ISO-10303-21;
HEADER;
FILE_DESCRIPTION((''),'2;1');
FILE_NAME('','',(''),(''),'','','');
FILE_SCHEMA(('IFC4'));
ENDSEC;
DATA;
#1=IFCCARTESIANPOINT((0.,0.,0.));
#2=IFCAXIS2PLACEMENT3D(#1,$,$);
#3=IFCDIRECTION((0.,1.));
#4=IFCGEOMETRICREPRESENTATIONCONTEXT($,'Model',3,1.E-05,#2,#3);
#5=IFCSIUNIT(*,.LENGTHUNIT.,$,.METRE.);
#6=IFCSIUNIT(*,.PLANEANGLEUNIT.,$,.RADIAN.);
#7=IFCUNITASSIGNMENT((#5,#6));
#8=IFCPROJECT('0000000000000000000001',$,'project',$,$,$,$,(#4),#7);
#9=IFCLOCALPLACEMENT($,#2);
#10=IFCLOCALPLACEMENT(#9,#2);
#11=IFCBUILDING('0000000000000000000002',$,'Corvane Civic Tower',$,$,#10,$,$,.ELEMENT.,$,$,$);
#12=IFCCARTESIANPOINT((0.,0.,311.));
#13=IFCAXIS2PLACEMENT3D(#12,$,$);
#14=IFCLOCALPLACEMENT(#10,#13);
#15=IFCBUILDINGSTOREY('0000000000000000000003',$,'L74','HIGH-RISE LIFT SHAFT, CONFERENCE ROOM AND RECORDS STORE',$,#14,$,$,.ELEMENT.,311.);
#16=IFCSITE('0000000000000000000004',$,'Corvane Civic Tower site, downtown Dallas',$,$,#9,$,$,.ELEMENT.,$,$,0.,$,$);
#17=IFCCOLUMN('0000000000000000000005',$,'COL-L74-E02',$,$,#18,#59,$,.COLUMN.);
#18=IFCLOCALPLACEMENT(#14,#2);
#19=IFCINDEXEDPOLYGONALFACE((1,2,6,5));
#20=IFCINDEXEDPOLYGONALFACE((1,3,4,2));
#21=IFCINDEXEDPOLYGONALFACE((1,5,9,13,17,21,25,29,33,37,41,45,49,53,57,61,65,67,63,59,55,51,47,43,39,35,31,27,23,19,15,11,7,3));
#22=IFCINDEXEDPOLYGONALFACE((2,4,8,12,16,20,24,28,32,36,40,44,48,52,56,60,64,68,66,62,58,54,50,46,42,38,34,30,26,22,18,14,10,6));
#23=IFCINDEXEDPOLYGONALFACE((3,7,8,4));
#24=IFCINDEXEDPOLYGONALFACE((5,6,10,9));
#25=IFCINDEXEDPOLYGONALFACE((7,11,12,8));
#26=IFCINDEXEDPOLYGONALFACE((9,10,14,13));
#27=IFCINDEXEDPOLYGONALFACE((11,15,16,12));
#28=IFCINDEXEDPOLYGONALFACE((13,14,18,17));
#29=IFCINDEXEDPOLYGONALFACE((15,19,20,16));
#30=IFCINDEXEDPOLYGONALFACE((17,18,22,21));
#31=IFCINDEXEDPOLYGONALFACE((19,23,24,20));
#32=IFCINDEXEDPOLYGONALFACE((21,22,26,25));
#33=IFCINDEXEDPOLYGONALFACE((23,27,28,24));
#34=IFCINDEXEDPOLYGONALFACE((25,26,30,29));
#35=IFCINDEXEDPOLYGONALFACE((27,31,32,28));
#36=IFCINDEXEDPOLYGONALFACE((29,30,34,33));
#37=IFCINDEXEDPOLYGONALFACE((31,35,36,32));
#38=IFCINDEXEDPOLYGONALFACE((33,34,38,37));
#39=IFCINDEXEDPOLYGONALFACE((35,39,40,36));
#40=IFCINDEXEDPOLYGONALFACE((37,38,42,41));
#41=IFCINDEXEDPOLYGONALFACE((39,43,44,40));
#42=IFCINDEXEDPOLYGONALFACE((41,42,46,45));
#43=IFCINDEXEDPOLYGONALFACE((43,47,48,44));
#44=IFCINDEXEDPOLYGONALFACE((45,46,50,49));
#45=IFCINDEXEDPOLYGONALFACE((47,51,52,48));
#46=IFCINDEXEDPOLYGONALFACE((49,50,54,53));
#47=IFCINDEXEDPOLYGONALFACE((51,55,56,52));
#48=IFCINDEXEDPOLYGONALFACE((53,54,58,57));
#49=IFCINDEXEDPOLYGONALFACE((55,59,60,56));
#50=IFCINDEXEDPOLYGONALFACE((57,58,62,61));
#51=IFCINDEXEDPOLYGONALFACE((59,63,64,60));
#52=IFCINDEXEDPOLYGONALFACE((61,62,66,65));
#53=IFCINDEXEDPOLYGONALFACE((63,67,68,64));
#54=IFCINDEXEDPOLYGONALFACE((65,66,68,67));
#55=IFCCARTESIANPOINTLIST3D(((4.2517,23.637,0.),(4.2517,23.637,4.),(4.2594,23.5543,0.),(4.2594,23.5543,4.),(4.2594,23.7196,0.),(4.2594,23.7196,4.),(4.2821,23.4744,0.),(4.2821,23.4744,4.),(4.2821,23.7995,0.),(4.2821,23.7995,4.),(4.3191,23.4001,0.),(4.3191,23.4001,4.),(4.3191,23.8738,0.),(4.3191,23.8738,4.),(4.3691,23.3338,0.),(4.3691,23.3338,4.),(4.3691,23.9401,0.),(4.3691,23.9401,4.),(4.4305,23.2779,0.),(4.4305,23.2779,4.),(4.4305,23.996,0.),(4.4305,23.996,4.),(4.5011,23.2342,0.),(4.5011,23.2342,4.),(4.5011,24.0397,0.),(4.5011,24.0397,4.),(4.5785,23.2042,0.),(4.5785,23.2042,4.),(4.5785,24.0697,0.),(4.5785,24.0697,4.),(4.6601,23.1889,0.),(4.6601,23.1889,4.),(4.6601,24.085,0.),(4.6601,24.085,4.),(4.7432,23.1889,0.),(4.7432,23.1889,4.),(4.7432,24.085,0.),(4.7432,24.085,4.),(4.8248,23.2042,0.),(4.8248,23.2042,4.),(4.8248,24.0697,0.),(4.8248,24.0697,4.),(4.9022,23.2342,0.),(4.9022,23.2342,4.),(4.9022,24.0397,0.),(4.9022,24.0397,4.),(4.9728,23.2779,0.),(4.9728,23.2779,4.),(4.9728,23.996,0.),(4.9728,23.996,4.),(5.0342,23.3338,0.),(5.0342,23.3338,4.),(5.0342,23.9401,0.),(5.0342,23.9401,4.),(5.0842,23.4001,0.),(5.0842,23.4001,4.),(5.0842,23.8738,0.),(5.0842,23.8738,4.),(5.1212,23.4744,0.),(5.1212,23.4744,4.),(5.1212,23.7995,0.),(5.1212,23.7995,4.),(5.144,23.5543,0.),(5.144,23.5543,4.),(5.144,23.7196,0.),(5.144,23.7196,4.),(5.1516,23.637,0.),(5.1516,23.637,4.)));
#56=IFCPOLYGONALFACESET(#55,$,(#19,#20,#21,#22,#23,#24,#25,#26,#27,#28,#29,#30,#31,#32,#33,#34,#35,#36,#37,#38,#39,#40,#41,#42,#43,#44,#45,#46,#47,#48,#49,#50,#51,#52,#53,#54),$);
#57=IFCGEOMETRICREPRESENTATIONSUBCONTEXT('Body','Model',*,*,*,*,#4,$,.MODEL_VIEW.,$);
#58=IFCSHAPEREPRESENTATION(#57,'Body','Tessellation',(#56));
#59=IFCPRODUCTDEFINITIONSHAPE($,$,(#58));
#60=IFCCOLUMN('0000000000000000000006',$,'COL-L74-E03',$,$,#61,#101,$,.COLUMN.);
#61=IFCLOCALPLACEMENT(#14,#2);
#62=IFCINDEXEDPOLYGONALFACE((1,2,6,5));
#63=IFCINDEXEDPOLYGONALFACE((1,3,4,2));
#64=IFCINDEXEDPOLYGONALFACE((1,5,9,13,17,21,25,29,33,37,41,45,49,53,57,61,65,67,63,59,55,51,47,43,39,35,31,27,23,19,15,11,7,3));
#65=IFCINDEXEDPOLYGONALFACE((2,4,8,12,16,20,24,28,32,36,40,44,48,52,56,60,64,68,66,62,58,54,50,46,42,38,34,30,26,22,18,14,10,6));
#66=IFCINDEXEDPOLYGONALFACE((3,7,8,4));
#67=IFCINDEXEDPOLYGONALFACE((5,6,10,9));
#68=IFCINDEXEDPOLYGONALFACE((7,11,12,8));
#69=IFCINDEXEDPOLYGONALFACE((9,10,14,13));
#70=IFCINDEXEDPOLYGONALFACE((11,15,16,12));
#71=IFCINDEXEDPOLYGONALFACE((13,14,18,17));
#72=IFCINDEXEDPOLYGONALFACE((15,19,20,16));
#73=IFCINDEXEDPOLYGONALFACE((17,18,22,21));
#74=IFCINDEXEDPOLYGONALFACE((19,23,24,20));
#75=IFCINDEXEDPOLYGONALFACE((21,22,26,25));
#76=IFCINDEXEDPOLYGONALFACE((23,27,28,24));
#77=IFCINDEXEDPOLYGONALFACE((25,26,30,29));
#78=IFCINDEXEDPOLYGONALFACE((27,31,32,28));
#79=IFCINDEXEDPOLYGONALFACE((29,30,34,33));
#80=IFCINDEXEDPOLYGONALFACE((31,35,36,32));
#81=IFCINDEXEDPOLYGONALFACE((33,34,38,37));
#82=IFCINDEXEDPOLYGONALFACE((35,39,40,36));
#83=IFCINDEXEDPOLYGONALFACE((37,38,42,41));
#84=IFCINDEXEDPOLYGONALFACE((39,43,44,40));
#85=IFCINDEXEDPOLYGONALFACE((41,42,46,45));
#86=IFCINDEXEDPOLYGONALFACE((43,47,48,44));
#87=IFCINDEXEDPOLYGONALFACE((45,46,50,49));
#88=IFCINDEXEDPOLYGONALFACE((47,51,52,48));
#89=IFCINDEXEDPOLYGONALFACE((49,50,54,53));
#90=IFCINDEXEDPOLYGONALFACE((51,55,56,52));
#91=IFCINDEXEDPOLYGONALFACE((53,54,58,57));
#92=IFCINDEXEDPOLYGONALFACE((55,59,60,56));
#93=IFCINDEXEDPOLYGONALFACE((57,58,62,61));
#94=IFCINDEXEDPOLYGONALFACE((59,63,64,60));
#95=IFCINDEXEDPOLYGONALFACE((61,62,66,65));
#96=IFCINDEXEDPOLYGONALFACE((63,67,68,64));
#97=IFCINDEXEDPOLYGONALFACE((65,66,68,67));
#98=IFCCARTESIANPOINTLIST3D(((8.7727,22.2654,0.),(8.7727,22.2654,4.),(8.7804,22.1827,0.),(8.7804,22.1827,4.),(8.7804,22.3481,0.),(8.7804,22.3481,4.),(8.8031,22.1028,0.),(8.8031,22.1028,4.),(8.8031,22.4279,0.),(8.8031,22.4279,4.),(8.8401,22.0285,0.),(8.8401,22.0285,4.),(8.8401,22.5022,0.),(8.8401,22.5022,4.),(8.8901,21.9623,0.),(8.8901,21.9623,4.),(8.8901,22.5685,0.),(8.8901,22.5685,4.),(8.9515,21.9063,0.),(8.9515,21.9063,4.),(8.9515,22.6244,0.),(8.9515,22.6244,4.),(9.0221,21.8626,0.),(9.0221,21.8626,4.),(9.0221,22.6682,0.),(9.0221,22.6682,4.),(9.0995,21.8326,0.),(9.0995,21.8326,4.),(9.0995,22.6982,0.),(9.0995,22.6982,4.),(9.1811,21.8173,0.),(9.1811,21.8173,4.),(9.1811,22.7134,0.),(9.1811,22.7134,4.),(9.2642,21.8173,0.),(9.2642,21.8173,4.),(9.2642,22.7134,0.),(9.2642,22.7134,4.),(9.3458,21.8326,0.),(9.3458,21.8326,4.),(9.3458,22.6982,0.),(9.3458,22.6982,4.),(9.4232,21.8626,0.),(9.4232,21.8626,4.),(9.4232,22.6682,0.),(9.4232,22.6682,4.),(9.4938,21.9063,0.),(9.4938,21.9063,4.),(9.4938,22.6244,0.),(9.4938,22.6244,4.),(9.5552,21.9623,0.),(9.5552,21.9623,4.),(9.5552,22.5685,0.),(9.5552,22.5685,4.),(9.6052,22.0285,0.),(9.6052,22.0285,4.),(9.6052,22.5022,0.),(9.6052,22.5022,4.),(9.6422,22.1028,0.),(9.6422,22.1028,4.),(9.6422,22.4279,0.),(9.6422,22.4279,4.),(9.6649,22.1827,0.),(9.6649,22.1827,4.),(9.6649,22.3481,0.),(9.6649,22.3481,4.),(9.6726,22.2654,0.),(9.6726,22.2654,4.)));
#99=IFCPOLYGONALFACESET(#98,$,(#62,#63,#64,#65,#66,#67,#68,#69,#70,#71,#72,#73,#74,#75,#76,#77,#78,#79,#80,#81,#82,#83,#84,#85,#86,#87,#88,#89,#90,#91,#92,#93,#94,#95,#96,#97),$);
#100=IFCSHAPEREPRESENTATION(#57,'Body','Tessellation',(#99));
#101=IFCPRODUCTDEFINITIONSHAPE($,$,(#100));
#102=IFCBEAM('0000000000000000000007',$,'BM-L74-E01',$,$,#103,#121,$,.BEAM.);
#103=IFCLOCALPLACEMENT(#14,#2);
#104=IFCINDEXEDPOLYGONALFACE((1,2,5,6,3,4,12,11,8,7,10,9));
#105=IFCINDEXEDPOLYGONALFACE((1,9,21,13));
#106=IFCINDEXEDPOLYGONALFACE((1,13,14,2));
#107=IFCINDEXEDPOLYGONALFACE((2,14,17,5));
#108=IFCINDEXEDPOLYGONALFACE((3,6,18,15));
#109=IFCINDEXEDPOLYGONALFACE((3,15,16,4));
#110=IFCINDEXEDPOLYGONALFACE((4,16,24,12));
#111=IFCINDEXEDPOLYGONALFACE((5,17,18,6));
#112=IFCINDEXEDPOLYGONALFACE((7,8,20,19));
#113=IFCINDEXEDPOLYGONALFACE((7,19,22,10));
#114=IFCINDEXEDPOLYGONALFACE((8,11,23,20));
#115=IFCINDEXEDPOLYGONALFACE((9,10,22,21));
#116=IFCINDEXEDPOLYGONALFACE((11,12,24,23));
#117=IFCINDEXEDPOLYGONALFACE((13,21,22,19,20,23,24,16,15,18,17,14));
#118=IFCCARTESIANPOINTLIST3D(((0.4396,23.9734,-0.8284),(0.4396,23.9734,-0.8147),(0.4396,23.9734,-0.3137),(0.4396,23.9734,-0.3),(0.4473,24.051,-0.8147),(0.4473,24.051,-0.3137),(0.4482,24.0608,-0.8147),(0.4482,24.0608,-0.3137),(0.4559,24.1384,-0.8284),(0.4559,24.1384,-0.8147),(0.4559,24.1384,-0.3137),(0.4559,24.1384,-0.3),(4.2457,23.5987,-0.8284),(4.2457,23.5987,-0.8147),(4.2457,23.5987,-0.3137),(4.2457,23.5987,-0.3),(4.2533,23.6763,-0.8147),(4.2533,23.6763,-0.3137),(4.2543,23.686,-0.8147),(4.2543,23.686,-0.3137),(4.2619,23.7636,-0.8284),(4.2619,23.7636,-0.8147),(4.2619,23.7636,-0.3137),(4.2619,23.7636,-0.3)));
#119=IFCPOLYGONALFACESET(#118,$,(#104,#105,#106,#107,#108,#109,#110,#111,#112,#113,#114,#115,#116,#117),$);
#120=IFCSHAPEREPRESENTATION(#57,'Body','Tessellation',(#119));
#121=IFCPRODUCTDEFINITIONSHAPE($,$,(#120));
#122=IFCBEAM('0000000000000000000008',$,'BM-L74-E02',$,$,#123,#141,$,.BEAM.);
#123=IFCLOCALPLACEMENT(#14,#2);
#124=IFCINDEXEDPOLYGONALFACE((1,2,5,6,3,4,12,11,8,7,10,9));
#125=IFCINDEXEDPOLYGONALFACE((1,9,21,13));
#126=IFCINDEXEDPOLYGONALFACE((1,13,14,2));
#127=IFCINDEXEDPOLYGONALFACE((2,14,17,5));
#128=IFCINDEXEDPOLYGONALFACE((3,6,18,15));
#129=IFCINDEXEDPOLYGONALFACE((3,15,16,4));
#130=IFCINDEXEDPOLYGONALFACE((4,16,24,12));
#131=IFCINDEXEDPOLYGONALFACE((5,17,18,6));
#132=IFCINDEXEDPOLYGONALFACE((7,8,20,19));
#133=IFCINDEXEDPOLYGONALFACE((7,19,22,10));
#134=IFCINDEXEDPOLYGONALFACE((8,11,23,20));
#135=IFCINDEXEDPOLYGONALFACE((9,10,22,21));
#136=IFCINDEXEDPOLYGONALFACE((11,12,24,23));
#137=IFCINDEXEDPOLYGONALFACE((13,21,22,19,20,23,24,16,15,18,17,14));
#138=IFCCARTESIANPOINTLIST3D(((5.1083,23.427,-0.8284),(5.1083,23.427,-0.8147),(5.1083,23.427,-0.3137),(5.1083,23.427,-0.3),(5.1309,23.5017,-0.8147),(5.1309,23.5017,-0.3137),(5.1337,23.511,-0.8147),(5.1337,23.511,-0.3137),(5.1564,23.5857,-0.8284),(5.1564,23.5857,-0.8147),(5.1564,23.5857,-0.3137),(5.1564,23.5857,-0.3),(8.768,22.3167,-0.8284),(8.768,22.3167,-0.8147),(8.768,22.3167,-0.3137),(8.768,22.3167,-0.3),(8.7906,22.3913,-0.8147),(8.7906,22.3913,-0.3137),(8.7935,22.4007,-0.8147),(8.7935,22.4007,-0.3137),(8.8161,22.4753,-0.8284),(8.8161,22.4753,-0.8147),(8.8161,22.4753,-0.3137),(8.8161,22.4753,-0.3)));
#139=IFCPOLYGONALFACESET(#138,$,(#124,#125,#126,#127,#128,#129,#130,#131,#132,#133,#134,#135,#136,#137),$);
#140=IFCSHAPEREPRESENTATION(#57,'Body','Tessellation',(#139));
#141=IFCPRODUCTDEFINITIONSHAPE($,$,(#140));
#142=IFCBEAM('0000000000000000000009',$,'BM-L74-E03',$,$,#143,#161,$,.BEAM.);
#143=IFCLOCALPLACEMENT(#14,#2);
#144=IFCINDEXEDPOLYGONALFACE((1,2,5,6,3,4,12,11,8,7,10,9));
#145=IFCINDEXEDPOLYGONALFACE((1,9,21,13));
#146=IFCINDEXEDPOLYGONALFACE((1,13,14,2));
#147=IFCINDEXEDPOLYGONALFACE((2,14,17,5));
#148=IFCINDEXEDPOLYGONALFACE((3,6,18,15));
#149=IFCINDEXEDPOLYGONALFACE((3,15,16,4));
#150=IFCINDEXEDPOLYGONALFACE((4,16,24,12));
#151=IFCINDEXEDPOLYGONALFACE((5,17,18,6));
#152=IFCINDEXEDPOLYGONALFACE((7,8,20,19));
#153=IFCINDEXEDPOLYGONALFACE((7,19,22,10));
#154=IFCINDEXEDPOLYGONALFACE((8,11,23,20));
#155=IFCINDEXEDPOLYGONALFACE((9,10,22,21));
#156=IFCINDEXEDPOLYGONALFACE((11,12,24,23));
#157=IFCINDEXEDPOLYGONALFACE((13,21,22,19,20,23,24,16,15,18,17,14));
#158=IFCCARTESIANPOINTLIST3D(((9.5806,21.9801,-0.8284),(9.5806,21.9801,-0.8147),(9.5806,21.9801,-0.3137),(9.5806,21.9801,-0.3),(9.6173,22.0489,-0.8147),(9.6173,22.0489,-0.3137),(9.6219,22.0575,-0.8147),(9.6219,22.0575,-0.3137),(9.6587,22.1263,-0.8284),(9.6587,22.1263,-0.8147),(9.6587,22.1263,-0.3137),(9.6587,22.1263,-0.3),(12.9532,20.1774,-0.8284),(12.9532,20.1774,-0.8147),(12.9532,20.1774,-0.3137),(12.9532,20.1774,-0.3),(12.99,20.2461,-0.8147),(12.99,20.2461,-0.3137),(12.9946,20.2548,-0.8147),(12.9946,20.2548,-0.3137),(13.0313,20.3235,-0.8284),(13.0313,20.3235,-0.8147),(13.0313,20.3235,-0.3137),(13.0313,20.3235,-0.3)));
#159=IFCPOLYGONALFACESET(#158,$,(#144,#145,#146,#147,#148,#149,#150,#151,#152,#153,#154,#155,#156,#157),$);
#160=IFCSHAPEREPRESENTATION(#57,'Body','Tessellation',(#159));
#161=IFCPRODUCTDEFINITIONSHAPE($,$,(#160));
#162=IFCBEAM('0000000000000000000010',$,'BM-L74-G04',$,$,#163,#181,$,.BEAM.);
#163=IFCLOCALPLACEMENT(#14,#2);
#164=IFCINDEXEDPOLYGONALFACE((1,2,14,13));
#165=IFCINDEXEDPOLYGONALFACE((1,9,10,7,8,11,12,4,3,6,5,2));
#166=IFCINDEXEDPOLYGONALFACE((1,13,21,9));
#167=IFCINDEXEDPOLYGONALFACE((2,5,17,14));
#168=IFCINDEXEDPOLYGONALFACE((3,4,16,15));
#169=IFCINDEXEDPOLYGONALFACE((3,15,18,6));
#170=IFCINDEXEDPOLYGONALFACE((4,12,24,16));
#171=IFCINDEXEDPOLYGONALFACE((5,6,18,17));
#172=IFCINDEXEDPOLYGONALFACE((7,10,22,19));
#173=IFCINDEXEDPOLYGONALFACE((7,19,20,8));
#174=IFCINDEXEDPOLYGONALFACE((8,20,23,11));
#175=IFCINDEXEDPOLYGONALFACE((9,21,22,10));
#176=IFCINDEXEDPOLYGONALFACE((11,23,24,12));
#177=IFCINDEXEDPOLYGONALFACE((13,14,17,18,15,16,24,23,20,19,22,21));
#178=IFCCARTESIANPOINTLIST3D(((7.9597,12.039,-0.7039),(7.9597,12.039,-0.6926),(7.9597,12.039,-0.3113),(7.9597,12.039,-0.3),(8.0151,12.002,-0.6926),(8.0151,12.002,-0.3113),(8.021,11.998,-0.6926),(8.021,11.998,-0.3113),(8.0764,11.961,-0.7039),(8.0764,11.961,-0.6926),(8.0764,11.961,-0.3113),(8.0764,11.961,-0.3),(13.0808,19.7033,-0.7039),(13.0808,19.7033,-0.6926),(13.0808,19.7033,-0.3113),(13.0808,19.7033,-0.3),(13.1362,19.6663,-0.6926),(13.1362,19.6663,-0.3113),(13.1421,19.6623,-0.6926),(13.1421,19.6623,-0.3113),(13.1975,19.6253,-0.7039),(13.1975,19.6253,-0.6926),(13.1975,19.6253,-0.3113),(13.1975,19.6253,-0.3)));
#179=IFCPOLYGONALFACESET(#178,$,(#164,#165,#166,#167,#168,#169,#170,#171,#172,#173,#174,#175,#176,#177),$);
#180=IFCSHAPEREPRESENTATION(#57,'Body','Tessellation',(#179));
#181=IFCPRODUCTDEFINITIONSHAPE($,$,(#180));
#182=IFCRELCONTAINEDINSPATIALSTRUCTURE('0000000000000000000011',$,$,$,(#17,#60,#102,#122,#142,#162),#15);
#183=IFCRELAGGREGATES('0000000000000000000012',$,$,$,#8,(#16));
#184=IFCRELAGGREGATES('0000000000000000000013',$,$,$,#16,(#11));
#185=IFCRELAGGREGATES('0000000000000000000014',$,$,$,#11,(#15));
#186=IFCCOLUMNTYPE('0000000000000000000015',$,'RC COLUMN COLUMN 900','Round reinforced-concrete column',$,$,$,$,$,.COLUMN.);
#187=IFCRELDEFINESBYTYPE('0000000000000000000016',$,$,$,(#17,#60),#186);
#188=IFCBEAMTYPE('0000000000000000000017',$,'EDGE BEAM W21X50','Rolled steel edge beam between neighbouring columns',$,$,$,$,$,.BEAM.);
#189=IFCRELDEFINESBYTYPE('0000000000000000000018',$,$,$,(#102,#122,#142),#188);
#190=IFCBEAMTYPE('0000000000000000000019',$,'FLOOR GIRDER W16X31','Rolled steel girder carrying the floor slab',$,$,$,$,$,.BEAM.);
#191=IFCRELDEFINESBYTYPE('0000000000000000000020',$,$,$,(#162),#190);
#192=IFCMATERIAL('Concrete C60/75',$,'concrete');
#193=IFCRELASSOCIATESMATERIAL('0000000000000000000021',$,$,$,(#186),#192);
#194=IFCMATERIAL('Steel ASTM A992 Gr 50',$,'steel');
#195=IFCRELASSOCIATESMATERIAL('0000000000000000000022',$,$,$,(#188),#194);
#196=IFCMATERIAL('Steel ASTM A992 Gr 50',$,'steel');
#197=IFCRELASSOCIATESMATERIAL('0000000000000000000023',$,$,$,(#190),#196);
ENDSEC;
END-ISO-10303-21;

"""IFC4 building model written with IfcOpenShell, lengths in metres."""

from ifc_helpers import new_model, si_unit, direction, frame, origin, origin_2d, place, context, subcontext, project, spatial, circle, i_section, extrude, material, material_profile, profile_set, type_object, element, save


model = new_model("IFC4")

# Units and contexts
model_context = context("Model", 3, precision=1e-05, world=origin(), true_north=direction((0.0, 1.0)))
body_context = subcontext(model_context, "Body", "Model", "MODEL_VIEW")
ifc_project = project(units=[si_unit("LENGTHUNIT", "METRE"), si_unit("PLANEANGLEUNIT", "RADIAN")], contexts=[model_context])

# Site, building, storey
site_placement = place(None, origin())
site = spatial("IfcSite", under=ifc_project, at=site_placement, Name="Corvane Civic Tower site, downtown Dallas", CompositionType="ELEMENT", RefElevation=0.0)
building_placement = place(site_placement, origin())
building = spatial("IfcBuilding", under=site, at=building_placement, Name="Corvane Civic Tower", CompositionType="ELEMENT")
storey_placement = place(building_placement, frame((0.0, 0.0, 311.0)))
storey = spatial("IfcBuildingStorey", under=building, at=storey_placement, Name="L74", Description="HIGH-RISE LIFT SHAFT, CONFERENCE ROOM AND RECORDS STORE", CompositionType="ELEMENT", Elevation=311.0)

# Columns
ifc_material_1 = material(Name="Concrete C60/75", Category="concrete")
ifc_material_profile_1 = material_profile(ifc_material_1, circle(Radius=0.45, at=origin_2d()), Name="COLUMN 900")
ifc_profile_set_1 = profile_set([ifc_material_profile_1], Name="Concrete C60/75")
column_type = type_object("IfcColumnType", Name="RC COLUMN COLUMN 900", Description="Round reinforced-concrete column", PredefinedType="COLUMN", material=ifc_profile_set_1)
for number, where, z_axis, x_axis, name in (
    (1, (4.7017, 23.637, 0.0), (0.0, 0.0, 1.0), (1.0, 0.0, 0.0), "COL-L74-E02"),
    (2, (9.2227, 22.2654, 0.0), (0.0, 0.0, 1.0), (1.0, 0.0, 0.0), "COL-L74-E03"),
):
    element("IfcColumn", number, at=place(storey_placement, frame(where, z_axis=z_axis, x_axis=x_axis)), inside=storey, type_object=column_type, Name=name, PredefinedType="COLUMN", context=body_context, shape_type="SweptSolid", body=[
        extrude(circle(Radius=0.45, at=origin_2d()), origin(), (0.0, 0.0, 1.0), 4.0),
    ])

# Beams
ifc_material_2 = material(Name="Steel ASTM A992 Gr 50", Category="steel")
ifc_material_profile_2 = material_profile(ifc_material_2, i_section(OverallWidth=0.1658, OverallDepth=0.5283, WebThickness=0.0098, FlangeThickness=0.0137, at=origin_2d()), Name="W21X50")
ifc_profile_set_2 = profile_set([ifc_material_profile_2], Name="Steel ASTM A992 Gr 50")
beam_type_1 = type_object("IfcBeamType", Name="EDGE BEAM W21X50", Description="Rolled steel edge beam between neighbouring columns", PredefinedType="BEAM", material=ifc_profile_set_2)
for number, where, z_axis, x_axis, name in (
    (3, (0.4478, 24.0559, -0.5642), (0.995188, -0.097987, 0.0), (0.097987, 0.995188, 0.0), "BM-L74-E01"),
    (4, (5.1323, 23.5063, -0.5642), (0.956926, -0.290333, 0.0), (0.290333, 0.956926, 0.0), "BM-L74-E02"),
):
    element("IfcBeam", number, at=place(storey_placement, frame(where, z_axis=z_axis, x_axis=x_axis)), inside=storey, type_object=beam_type_1, Name=name, PredefinedType="BEAM", context=body_context, shape_type="SweptSolid", body=[
        extrude(i_section(OverallWidth=0.1658, OverallDepth=0.5283, WebThickness=0.0098, FlangeThickness=0.0137, at=origin_2d()), origin(), (0.0, 0.0, 1.0), 3.8245),
    ])
beam_1_placement = place(storey_placement, frame((9.6196, 22.0532, -0.5642), z_axis=(0.881914, -0.47141, 0.0), x_axis=(0.47141, 0.881914, 0.0)))
element("IfcBeam", 5, at=beam_1_placement, inside=storey, type_object=beam_type_1, Name="BM-L74-E03", PredefinedType="BEAM", context=body_context, shape_type="SweptSolid", body=[
    extrude(i_section(OverallWidth=0.1658, OverallDepth=0.5283, WebThickness=0.0098, FlangeThickness=0.0137, at=origin_2d()), origin(), (0.0, 0.0, 1.0), 3.8242),
])
ifc_material_3 = material(Name="Steel ASTM A992 Gr 50", Category="steel")
ifc_material_profile_3 = material_profile(ifc_material_3, i_section(OverallWidth=0.1404, OverallDepth=0.4038, WebThickness=0.0071, FlangeThickness=0.0112, at=origin_2d()), Name="W16X31")
ifc_profile_set_3 = profile_set([ifc_material_profile_3], Name="Steel ASTM A992 Gr 50")
beam_type_2 = type_object("IfcBeamType", Name="FLOOR GIRDER W16X31", Description="Rolled steel girder carrying the floor slab", PredefinedType="BEAM", material=ifc_profile_set_3)
beam_2_placement = place(storey_placement, frame((8.0181, 12.0, -0.502), z_axis=(0.555568, 0.831471, 0.0), x_axis=(-0.831471, 0.555568, 0.0)))
element("IfcBeam", 6, at=beam_2_placement, inside=storey, type_object=beam_type_2, Name="BM-L74-G04", PredefinedType="BEAM", context=body_context, shape_type="SweptSolid", body=[
    extrude(i_section(OverallWidth=0.1404, OverallDepth=0.4038, WebThickness=0.0071, FlangeThickness=0.0112, at=origin_2d()), origin(), (0.0, 0.0, 1.0), 9.2178),
])

save(model, "model.ifc")
